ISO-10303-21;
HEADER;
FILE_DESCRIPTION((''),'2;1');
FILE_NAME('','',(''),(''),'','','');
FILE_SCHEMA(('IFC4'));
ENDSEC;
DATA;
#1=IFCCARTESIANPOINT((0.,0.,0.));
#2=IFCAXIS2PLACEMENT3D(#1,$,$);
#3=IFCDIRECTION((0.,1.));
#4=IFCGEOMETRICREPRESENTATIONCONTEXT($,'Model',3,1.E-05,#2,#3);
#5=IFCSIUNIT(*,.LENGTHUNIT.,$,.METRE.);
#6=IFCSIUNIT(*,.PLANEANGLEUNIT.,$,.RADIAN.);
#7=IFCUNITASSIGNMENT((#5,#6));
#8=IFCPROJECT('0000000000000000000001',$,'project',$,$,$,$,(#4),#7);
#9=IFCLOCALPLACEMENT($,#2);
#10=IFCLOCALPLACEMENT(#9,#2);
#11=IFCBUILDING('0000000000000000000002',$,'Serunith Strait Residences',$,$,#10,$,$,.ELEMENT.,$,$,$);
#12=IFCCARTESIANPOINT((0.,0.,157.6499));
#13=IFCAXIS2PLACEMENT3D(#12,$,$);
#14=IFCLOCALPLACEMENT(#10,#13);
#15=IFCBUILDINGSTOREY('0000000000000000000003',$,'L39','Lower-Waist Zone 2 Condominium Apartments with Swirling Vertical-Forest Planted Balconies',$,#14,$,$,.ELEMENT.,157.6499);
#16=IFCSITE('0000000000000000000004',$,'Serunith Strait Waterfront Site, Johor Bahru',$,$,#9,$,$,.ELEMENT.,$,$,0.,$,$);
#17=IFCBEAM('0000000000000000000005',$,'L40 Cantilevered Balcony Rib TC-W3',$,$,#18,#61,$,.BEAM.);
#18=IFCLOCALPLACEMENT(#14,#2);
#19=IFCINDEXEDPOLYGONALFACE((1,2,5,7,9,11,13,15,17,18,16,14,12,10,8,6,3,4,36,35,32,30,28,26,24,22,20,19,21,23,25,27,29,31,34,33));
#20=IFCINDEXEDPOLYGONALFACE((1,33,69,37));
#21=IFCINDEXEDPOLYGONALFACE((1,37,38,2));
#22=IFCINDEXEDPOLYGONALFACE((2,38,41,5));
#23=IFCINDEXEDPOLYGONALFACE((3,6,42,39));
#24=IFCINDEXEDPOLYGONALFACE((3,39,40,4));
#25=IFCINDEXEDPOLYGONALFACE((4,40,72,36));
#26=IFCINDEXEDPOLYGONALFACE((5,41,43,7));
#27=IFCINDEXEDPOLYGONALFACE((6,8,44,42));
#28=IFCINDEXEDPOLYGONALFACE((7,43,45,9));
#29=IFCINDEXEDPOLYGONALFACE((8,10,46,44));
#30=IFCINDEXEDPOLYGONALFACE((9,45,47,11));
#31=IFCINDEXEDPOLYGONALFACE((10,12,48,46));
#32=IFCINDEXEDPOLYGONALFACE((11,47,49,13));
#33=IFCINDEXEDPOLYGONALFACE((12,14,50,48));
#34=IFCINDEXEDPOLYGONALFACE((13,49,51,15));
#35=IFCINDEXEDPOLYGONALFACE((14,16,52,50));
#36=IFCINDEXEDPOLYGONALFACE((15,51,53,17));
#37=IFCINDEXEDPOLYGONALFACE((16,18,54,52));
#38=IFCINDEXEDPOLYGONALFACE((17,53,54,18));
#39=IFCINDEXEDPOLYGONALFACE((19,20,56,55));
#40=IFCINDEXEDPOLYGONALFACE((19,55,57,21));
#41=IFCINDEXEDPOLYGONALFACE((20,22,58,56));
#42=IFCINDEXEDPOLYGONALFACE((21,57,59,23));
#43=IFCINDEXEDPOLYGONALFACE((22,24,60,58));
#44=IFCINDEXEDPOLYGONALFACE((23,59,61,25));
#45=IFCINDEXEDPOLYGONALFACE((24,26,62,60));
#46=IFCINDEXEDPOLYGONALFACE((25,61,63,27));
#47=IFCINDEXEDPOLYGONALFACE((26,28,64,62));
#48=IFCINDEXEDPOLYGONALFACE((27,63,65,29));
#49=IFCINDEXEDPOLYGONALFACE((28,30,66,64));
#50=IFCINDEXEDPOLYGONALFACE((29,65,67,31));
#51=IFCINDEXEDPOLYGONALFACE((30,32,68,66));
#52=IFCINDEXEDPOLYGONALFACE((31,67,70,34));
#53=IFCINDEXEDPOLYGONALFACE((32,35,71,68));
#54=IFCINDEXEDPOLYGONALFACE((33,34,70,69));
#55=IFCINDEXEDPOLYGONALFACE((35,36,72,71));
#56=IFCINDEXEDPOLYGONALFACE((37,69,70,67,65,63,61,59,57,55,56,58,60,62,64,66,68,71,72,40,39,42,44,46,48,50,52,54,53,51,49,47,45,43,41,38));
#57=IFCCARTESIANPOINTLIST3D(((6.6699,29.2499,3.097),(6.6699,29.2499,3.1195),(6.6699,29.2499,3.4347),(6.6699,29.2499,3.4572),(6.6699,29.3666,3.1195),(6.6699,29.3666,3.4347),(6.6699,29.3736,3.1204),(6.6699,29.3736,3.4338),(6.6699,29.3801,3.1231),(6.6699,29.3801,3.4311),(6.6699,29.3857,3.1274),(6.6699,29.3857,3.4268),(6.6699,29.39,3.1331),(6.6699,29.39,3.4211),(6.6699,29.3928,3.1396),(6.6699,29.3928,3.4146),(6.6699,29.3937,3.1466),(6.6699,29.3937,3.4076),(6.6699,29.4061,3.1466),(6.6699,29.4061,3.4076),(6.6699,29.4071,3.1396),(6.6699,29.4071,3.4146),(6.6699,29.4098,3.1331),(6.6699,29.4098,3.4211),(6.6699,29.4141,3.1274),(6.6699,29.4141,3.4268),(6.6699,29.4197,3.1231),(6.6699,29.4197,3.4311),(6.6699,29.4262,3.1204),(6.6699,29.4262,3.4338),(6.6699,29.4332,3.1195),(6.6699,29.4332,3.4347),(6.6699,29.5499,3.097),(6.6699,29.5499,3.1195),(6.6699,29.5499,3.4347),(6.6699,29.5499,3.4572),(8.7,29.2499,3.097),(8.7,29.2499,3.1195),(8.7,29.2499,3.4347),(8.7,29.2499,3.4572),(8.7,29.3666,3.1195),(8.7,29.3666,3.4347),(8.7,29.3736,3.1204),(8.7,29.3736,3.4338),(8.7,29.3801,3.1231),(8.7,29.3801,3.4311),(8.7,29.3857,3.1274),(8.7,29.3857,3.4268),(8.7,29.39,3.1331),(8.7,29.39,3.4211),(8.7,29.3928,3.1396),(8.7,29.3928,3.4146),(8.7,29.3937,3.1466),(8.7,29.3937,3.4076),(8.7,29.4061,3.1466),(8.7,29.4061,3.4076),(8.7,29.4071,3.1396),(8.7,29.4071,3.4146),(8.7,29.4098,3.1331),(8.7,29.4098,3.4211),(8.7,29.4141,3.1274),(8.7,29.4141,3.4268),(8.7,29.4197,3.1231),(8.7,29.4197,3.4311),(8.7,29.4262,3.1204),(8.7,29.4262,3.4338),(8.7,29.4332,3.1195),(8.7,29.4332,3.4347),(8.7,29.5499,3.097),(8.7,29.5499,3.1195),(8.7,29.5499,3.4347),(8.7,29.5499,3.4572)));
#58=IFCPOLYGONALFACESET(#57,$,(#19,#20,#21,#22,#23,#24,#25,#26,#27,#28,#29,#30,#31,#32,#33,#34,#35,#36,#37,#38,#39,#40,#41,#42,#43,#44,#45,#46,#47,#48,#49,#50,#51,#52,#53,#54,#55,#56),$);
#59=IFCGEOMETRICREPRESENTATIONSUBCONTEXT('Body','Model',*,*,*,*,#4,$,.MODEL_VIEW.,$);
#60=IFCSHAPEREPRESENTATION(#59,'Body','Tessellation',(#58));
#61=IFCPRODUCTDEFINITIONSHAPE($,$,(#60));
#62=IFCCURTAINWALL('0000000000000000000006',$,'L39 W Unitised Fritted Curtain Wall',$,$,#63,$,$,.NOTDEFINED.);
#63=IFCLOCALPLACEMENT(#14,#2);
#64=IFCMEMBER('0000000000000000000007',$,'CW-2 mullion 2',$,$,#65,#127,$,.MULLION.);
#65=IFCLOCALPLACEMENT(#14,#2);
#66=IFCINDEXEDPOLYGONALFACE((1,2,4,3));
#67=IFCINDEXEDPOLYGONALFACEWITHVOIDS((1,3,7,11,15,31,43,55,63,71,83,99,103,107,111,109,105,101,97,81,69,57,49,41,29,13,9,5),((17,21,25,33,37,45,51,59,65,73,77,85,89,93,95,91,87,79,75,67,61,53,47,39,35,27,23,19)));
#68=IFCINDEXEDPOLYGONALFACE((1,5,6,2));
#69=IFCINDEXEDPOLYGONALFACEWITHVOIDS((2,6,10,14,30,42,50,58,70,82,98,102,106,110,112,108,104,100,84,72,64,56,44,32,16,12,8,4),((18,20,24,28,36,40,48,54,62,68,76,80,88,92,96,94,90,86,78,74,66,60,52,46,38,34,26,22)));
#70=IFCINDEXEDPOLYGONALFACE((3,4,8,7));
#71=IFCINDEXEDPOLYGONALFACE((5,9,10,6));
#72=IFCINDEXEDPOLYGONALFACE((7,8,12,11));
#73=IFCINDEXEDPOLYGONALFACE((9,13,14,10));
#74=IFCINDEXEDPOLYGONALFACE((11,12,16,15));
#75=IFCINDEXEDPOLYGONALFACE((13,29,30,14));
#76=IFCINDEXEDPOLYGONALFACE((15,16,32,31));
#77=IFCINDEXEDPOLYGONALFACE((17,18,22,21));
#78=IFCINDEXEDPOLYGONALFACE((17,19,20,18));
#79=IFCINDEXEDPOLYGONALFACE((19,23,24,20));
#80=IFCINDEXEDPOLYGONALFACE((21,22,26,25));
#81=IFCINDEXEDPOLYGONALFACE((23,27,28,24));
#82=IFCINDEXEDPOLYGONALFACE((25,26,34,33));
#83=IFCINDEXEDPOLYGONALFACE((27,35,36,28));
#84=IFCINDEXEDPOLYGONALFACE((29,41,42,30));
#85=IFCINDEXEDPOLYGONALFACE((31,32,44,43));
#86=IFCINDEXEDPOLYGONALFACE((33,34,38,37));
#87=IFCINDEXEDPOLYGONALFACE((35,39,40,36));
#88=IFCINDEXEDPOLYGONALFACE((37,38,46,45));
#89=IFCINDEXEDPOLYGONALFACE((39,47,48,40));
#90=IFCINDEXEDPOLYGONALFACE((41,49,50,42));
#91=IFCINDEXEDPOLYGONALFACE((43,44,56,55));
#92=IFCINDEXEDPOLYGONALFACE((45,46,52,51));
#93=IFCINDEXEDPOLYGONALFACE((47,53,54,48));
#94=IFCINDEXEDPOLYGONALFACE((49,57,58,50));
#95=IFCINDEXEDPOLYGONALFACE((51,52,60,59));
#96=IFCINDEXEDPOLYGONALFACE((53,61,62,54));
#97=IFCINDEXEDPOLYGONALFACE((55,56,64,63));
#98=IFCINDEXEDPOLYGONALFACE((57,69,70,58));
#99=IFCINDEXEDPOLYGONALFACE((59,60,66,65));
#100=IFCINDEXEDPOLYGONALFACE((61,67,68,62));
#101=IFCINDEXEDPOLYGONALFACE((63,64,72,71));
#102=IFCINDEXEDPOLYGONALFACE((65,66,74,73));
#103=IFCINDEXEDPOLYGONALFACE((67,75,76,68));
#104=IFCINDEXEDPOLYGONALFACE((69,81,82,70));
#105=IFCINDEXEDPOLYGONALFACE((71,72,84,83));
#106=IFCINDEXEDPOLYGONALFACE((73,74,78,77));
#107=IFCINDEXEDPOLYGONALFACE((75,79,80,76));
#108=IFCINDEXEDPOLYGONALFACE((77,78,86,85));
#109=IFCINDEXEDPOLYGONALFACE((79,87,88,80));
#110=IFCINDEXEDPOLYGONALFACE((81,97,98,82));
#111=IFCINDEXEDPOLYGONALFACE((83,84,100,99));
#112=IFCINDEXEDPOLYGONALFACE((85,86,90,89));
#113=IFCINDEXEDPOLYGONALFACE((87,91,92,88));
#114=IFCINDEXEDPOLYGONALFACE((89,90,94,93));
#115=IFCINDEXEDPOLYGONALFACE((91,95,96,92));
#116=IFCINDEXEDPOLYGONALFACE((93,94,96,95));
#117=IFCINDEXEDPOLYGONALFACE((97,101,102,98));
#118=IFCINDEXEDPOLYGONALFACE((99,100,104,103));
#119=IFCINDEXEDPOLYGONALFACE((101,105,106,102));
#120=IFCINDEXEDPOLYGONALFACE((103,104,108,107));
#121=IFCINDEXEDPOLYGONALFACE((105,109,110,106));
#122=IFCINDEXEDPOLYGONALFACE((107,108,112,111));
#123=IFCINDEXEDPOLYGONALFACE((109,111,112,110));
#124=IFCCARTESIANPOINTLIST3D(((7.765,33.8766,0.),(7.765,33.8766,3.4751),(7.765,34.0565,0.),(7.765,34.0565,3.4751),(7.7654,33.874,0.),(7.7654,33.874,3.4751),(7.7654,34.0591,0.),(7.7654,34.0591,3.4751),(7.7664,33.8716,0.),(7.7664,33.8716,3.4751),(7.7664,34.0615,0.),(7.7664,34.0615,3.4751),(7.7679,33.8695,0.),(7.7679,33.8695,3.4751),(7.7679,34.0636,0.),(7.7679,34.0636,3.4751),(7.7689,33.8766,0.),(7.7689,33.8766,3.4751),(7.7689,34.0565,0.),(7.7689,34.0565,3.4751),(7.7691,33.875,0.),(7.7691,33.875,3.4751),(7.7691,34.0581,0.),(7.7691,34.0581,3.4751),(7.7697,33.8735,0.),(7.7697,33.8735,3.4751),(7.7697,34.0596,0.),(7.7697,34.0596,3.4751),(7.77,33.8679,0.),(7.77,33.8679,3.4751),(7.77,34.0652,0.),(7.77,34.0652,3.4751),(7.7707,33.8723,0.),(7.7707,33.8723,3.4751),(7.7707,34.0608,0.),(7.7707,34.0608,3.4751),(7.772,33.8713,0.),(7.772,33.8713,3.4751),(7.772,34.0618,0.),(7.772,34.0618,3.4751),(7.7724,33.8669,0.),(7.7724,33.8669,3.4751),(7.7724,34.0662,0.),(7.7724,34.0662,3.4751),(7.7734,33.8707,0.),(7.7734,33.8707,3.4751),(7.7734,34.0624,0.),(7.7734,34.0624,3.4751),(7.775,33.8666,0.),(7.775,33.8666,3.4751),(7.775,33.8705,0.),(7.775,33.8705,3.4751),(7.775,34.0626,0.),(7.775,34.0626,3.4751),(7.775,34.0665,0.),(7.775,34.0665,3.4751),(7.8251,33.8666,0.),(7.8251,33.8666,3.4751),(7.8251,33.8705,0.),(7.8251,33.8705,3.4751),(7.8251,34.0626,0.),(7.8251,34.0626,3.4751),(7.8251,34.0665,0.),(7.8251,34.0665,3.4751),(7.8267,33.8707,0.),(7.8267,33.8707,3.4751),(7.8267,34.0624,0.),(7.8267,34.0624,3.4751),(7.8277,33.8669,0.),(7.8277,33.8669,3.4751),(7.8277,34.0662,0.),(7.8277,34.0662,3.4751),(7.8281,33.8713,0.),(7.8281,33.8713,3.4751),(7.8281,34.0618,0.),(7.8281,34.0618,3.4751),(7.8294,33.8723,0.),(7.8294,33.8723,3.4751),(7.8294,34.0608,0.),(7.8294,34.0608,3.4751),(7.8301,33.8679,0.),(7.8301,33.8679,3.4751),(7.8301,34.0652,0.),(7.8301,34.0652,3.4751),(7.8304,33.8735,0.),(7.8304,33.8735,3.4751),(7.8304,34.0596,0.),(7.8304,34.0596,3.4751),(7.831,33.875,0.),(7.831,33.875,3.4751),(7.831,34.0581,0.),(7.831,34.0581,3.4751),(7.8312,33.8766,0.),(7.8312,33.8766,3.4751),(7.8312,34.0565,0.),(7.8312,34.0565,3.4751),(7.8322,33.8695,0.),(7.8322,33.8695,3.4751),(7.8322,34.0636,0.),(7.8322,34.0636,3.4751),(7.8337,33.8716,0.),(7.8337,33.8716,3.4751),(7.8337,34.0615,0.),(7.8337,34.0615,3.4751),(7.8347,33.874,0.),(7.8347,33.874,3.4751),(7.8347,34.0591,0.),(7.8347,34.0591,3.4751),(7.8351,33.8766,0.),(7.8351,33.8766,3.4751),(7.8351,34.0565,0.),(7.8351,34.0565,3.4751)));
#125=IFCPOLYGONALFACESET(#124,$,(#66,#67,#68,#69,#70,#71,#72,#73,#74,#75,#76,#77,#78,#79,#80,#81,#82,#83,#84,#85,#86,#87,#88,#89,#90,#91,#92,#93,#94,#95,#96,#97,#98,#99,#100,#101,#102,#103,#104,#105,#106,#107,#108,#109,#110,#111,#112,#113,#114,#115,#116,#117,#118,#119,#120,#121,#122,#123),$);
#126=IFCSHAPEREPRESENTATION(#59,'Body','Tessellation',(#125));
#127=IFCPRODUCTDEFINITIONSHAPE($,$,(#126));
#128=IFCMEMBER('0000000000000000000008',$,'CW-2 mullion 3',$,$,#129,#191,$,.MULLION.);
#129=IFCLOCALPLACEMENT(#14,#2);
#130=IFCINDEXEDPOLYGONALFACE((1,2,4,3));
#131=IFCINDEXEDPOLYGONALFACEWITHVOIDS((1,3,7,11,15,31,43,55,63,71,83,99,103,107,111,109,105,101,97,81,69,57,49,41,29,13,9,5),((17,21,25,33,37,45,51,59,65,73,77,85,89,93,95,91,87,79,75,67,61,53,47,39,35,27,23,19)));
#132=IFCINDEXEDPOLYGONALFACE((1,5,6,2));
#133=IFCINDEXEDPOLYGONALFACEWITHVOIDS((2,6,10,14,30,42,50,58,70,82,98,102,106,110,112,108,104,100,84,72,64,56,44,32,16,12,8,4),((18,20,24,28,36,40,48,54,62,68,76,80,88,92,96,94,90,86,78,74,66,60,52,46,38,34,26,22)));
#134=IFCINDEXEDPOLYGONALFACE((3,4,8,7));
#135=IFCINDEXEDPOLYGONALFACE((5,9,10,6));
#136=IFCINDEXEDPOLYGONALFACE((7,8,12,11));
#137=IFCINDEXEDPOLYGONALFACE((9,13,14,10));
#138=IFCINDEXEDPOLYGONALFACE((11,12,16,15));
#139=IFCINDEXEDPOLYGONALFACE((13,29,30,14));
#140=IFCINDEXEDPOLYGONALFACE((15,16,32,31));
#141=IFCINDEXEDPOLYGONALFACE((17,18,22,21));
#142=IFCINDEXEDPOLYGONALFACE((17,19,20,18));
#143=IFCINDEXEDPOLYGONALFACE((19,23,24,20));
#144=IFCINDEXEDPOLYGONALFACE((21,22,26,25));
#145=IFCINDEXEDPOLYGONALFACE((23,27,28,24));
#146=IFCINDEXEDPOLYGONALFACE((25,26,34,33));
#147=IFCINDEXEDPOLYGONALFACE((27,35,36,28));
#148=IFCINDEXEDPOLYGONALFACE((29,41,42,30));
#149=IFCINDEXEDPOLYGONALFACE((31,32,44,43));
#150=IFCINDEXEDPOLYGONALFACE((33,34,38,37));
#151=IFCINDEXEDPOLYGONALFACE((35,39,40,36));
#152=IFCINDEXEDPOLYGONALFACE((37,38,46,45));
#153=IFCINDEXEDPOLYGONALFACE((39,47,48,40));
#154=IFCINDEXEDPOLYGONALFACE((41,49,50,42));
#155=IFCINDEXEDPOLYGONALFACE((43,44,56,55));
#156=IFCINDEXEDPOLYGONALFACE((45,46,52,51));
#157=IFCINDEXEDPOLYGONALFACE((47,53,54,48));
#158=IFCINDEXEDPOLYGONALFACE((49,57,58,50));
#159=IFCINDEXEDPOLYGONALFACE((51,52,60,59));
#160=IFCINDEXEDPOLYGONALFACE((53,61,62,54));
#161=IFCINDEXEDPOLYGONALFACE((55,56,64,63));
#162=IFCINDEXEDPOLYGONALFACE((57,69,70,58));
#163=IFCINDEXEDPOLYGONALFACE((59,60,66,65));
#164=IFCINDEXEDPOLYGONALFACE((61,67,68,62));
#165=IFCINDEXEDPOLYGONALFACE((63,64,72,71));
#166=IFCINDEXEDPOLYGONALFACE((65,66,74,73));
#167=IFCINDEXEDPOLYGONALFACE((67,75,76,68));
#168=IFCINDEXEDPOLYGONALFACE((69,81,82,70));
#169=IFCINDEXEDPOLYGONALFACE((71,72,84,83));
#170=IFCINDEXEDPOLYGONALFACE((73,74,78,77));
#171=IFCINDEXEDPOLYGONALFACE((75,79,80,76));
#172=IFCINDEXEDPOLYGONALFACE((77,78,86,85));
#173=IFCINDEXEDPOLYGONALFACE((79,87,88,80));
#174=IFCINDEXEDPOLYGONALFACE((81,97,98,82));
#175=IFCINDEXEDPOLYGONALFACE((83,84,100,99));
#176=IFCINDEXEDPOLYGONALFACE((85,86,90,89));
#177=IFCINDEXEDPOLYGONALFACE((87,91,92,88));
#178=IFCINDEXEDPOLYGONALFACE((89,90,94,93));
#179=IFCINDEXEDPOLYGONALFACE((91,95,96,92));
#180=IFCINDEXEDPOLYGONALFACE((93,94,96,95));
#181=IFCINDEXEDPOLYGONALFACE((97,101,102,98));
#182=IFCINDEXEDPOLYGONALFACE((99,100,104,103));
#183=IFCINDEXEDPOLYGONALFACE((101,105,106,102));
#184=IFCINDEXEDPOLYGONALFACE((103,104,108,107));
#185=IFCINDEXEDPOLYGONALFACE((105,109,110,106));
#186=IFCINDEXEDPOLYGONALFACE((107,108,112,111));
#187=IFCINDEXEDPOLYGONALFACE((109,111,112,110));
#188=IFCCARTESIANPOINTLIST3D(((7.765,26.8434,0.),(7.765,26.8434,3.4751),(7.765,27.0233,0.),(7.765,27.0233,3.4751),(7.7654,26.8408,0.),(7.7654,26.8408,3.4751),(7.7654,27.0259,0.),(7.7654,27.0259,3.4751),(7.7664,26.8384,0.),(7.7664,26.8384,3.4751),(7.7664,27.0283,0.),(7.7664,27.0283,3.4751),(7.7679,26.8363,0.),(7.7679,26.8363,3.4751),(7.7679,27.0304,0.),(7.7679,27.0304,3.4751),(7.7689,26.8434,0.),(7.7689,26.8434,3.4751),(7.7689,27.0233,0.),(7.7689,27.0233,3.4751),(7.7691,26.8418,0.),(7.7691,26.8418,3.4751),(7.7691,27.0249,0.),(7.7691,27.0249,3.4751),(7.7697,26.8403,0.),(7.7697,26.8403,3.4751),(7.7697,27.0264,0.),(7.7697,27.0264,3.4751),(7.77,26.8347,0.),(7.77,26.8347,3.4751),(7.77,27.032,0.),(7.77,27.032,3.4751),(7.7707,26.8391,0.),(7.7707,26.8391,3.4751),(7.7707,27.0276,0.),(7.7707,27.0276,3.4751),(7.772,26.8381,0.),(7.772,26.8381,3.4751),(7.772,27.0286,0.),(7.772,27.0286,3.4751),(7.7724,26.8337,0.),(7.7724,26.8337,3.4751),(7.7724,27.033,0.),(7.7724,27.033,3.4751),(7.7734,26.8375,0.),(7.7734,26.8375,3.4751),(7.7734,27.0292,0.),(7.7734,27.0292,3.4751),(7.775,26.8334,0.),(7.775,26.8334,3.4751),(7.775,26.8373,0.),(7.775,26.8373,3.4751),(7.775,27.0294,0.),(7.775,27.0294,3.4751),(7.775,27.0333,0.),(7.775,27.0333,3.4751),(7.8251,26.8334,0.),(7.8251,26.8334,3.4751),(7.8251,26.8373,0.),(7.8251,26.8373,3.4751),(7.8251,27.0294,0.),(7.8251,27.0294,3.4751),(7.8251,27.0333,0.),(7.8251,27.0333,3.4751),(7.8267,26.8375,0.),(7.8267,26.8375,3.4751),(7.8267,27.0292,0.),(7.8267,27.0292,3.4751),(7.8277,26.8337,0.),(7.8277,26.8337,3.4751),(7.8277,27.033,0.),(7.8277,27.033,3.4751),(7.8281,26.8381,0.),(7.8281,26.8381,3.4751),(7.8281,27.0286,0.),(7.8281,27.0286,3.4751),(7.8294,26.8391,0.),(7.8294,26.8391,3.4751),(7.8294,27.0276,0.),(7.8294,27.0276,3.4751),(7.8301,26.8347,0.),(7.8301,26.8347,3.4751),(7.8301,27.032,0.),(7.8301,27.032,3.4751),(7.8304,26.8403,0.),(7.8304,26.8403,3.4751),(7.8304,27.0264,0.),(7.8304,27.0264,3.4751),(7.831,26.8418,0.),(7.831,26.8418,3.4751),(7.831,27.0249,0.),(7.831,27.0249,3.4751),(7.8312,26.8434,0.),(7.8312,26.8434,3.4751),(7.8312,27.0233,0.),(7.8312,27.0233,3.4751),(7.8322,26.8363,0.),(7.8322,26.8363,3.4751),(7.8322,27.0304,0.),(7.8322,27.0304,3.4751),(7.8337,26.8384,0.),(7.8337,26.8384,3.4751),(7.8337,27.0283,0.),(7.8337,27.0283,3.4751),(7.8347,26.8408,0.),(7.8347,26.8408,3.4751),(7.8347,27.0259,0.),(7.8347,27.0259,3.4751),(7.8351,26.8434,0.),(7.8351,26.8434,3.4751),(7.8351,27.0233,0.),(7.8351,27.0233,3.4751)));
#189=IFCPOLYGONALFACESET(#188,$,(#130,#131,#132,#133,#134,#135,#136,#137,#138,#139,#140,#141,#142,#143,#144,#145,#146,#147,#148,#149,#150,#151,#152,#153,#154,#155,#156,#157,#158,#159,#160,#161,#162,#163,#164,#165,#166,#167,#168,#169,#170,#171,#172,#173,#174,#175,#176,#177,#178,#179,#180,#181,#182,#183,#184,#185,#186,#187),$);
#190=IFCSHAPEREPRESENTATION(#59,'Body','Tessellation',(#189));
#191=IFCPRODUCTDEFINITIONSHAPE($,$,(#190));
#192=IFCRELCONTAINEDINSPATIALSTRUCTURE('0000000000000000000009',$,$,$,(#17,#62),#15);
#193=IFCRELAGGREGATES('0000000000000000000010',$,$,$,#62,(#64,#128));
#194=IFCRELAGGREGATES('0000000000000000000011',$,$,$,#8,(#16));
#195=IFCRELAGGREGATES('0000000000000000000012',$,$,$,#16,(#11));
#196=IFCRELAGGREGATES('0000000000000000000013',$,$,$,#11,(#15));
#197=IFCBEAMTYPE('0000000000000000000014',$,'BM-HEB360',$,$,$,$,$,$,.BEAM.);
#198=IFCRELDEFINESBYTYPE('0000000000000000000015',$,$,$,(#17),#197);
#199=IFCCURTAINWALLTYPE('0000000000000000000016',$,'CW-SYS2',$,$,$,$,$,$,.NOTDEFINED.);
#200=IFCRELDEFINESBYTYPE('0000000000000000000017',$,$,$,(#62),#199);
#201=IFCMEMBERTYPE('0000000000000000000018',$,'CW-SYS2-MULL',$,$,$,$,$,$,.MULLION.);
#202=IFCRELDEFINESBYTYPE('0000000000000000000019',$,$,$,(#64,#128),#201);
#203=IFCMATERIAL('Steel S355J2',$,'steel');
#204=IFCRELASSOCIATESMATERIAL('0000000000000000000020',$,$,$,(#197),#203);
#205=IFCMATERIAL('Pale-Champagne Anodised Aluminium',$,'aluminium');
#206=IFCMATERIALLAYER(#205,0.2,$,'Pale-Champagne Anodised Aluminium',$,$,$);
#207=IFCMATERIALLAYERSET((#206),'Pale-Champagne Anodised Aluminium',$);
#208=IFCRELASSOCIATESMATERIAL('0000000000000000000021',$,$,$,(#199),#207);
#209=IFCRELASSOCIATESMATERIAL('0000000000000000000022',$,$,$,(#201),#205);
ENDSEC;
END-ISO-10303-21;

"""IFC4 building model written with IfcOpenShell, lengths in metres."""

from ifc_helpers import new_model, si_unit, direction, frame, origin, origin_2d, place, context, subcontext, project, spatial, hollow_rectangle, i_section, extrude, source, transform, mapped, material, layer, layer_set, material_profile, profile_set, type_object, element, aggregate, save


model = new_model("IFC4")

# Units and contexts
model_context = context("Model", 3, precision=1e-05, world=origin(), true_north=direction((0.0, 1.0)))
body_context = subcontext(model_context, "Body", "Model", "MODEL_VIEW")
ifc_project = project(units=[si_unit("LENGTHUNIT", "METRE"), si_unit("PLANEANGLEUNIT", "RADIAN")], contexts=[model_context])

# Site, building, storey
site_placement = place(None, origin())
site = spatial("IfcSite", under=ifc_project, at=site_placement, Name="Serunith Strait Waterfront Site, Johor Bahru", CompositionType="ELEMENT", RefElevation=0.0)
building_placement = place(site_placement, origin())
building = spatial("IfcBuilding", under=site, at=building_placement, Name="Serunith Strait Residences", CompositionType="ELEMENT")
storey_placement = place(building_placement, frame((0.0, 0.0, 157.6499)))
storey = spatial("IfcBuildingStorey", under=building, at=storey_placement, Name="L39", Description="Lower-Waist Zone 2 Condominium Apartments with Swirling Vertical-Forest Planted Balconies", CompositionType="ELEMENT", Elevation=157.6499)

# Beam
ifc_material_1 = material(Name="Steel S355J2", Category="steel")
ifc_material_profile_1 = material_profile(ifc_material_1, i_section(OverallWidth=0.3, OverallDepth=0.3601, WebThickness=0.0125, FlangeThickness=0.0225, FilletRadius=0.0271, at=origin_2d()), Name="HEB 360")
ifc_profile_set_1 = profile_set([ifc_material_profile_1], Name="Steel S355J2")
beam_type_1 = type_object("IfcBeamType", Name="BM-HEB360", PredefinedType="BEAM", material=ifc_profile_set_1)
shared_shape_1 = source(origin(), body_context, "Body", "SweptSolid", [
    extrude(i_section(OverallWidth=0.3, OverallDepth=0.3601, WebThickness=0.0125, FlangeThickness=0.0225, FilletRadius=0.0271, at=origin_2d()), origin(), (0.0, 0.0, 1.0), 2.03),
])
beam_1_placement = place(storey_placement, frame((8.7, 29.3999, 3.2771), z_axis=(-1.0, 0.0, 0.0), x_axis=(0.0, -1.0, 0.0)))
element("IfcBeam", 1, at=beam_1_placement, inside=storey, type_object=beam_type_1, Name="L40 Cantilevered Balcony Rib TC-W3", PredefinedType="BEAM", context=body_context, shape_type="MappedRepresentation", body=[
    mapped(shared_shape_1, transform((0.0, 0.0, 0.0), scale=1.0)),
])

# Curtain wall, members
ifc_material_2 = material(Name="Pale-Champagne Anodised Aluminium", Category="aluminium")
ifc_layer_1 = layer(ifc_material_2, 0.2, Name="Pale-Champagne Anodised Aluminium")
ifc_layer_set_1 = layer_set([ifc_layer_1], Name="Pale-Champagne Anodised Aluminium")
curtain_wall_type = type_object("IfcCurtainWallType", Name="CW-SYS2", PredefinedType="NOTDEFINED", material=ifc_layer_set_1)
curtain_wall_placement = place(storey_placement, origin())
curtain_wall = element("IfcCurtainWall", 2, at=curtain_wall_placement, inside=storey, type_object=curtain_wall_type, Name="L39 W Unitised Fritted Curtain Wall", PredefinedType="NOTDEFINED")
ifc_material_profile_2 = material_profile(ifc_material_2, hollow_rectangle(XDim=0.0701, YDim=0.2, WallThickness=0.0039, InnerFilletRadius=0.0061, OuterFilletRadius=0.01, at=origin_2d()), Name="ALU 200x70x4")
ifc_profile_set_2 = profile_set([ifc_material_profile_2], Name="Pale-Champagne Anodised Aluminium")
member_type_1 = type_object("IfcMemberType", Name="CW-SYS2-MULL", PredefinedType="MULLION", material=ifc_profile_set_2)
shared_shape_2 = source(origin(), body_context, "Body", "SweptSolid", [
    extrude(hollow_rectangle(XDim=0.0701, YDim=0.2, WallThickness=0.0039, InnerFilletRadius=0.0061, OuterFilletRadius=0.01, at=origin_2d()), origin(), (0.0, 0.0, 1.0), 3.4751),
])
member_1_placement = place(storey_placement, frame((7.8, 33.9666, 0.0), z_axis=(0.0, 0.0, 1.0), x_axis=(1.0, 0.0, 0.0)))
member_1 = element("IfcMember", 3, at=member_1_placement, type_object=member_type_1, Name="CW-2 mullion 2", PredefinedType="MULLION", context=body_context, shape_type="MappedRepresentation", body=[
    mapped(shared_shape_2, transform((0.0, 0.0, 0.0), scale=1.0)),
])
member_2_placement = place(storey_placement, frame((7.8, 26.9333, 0.0), z_axis=(0.0, 0.0, 1.0), x_axis=(1.0, 0.0, 0.0)))
member_2 = element("IfcMember", 4, at=member_2_placement, type_object=member_type_1, Name="CW-2 mullion 3", PredefinedType="MULLION", context=body_context, shape_type="MappedRepresentation", body=[
    mapped(shared_shape_2, transform((0.0, 0.0, 0.0), scale=1.0)),
])
aggregate(curtain_wall, [member_1, member_2])

save(model, "model.ifc")
